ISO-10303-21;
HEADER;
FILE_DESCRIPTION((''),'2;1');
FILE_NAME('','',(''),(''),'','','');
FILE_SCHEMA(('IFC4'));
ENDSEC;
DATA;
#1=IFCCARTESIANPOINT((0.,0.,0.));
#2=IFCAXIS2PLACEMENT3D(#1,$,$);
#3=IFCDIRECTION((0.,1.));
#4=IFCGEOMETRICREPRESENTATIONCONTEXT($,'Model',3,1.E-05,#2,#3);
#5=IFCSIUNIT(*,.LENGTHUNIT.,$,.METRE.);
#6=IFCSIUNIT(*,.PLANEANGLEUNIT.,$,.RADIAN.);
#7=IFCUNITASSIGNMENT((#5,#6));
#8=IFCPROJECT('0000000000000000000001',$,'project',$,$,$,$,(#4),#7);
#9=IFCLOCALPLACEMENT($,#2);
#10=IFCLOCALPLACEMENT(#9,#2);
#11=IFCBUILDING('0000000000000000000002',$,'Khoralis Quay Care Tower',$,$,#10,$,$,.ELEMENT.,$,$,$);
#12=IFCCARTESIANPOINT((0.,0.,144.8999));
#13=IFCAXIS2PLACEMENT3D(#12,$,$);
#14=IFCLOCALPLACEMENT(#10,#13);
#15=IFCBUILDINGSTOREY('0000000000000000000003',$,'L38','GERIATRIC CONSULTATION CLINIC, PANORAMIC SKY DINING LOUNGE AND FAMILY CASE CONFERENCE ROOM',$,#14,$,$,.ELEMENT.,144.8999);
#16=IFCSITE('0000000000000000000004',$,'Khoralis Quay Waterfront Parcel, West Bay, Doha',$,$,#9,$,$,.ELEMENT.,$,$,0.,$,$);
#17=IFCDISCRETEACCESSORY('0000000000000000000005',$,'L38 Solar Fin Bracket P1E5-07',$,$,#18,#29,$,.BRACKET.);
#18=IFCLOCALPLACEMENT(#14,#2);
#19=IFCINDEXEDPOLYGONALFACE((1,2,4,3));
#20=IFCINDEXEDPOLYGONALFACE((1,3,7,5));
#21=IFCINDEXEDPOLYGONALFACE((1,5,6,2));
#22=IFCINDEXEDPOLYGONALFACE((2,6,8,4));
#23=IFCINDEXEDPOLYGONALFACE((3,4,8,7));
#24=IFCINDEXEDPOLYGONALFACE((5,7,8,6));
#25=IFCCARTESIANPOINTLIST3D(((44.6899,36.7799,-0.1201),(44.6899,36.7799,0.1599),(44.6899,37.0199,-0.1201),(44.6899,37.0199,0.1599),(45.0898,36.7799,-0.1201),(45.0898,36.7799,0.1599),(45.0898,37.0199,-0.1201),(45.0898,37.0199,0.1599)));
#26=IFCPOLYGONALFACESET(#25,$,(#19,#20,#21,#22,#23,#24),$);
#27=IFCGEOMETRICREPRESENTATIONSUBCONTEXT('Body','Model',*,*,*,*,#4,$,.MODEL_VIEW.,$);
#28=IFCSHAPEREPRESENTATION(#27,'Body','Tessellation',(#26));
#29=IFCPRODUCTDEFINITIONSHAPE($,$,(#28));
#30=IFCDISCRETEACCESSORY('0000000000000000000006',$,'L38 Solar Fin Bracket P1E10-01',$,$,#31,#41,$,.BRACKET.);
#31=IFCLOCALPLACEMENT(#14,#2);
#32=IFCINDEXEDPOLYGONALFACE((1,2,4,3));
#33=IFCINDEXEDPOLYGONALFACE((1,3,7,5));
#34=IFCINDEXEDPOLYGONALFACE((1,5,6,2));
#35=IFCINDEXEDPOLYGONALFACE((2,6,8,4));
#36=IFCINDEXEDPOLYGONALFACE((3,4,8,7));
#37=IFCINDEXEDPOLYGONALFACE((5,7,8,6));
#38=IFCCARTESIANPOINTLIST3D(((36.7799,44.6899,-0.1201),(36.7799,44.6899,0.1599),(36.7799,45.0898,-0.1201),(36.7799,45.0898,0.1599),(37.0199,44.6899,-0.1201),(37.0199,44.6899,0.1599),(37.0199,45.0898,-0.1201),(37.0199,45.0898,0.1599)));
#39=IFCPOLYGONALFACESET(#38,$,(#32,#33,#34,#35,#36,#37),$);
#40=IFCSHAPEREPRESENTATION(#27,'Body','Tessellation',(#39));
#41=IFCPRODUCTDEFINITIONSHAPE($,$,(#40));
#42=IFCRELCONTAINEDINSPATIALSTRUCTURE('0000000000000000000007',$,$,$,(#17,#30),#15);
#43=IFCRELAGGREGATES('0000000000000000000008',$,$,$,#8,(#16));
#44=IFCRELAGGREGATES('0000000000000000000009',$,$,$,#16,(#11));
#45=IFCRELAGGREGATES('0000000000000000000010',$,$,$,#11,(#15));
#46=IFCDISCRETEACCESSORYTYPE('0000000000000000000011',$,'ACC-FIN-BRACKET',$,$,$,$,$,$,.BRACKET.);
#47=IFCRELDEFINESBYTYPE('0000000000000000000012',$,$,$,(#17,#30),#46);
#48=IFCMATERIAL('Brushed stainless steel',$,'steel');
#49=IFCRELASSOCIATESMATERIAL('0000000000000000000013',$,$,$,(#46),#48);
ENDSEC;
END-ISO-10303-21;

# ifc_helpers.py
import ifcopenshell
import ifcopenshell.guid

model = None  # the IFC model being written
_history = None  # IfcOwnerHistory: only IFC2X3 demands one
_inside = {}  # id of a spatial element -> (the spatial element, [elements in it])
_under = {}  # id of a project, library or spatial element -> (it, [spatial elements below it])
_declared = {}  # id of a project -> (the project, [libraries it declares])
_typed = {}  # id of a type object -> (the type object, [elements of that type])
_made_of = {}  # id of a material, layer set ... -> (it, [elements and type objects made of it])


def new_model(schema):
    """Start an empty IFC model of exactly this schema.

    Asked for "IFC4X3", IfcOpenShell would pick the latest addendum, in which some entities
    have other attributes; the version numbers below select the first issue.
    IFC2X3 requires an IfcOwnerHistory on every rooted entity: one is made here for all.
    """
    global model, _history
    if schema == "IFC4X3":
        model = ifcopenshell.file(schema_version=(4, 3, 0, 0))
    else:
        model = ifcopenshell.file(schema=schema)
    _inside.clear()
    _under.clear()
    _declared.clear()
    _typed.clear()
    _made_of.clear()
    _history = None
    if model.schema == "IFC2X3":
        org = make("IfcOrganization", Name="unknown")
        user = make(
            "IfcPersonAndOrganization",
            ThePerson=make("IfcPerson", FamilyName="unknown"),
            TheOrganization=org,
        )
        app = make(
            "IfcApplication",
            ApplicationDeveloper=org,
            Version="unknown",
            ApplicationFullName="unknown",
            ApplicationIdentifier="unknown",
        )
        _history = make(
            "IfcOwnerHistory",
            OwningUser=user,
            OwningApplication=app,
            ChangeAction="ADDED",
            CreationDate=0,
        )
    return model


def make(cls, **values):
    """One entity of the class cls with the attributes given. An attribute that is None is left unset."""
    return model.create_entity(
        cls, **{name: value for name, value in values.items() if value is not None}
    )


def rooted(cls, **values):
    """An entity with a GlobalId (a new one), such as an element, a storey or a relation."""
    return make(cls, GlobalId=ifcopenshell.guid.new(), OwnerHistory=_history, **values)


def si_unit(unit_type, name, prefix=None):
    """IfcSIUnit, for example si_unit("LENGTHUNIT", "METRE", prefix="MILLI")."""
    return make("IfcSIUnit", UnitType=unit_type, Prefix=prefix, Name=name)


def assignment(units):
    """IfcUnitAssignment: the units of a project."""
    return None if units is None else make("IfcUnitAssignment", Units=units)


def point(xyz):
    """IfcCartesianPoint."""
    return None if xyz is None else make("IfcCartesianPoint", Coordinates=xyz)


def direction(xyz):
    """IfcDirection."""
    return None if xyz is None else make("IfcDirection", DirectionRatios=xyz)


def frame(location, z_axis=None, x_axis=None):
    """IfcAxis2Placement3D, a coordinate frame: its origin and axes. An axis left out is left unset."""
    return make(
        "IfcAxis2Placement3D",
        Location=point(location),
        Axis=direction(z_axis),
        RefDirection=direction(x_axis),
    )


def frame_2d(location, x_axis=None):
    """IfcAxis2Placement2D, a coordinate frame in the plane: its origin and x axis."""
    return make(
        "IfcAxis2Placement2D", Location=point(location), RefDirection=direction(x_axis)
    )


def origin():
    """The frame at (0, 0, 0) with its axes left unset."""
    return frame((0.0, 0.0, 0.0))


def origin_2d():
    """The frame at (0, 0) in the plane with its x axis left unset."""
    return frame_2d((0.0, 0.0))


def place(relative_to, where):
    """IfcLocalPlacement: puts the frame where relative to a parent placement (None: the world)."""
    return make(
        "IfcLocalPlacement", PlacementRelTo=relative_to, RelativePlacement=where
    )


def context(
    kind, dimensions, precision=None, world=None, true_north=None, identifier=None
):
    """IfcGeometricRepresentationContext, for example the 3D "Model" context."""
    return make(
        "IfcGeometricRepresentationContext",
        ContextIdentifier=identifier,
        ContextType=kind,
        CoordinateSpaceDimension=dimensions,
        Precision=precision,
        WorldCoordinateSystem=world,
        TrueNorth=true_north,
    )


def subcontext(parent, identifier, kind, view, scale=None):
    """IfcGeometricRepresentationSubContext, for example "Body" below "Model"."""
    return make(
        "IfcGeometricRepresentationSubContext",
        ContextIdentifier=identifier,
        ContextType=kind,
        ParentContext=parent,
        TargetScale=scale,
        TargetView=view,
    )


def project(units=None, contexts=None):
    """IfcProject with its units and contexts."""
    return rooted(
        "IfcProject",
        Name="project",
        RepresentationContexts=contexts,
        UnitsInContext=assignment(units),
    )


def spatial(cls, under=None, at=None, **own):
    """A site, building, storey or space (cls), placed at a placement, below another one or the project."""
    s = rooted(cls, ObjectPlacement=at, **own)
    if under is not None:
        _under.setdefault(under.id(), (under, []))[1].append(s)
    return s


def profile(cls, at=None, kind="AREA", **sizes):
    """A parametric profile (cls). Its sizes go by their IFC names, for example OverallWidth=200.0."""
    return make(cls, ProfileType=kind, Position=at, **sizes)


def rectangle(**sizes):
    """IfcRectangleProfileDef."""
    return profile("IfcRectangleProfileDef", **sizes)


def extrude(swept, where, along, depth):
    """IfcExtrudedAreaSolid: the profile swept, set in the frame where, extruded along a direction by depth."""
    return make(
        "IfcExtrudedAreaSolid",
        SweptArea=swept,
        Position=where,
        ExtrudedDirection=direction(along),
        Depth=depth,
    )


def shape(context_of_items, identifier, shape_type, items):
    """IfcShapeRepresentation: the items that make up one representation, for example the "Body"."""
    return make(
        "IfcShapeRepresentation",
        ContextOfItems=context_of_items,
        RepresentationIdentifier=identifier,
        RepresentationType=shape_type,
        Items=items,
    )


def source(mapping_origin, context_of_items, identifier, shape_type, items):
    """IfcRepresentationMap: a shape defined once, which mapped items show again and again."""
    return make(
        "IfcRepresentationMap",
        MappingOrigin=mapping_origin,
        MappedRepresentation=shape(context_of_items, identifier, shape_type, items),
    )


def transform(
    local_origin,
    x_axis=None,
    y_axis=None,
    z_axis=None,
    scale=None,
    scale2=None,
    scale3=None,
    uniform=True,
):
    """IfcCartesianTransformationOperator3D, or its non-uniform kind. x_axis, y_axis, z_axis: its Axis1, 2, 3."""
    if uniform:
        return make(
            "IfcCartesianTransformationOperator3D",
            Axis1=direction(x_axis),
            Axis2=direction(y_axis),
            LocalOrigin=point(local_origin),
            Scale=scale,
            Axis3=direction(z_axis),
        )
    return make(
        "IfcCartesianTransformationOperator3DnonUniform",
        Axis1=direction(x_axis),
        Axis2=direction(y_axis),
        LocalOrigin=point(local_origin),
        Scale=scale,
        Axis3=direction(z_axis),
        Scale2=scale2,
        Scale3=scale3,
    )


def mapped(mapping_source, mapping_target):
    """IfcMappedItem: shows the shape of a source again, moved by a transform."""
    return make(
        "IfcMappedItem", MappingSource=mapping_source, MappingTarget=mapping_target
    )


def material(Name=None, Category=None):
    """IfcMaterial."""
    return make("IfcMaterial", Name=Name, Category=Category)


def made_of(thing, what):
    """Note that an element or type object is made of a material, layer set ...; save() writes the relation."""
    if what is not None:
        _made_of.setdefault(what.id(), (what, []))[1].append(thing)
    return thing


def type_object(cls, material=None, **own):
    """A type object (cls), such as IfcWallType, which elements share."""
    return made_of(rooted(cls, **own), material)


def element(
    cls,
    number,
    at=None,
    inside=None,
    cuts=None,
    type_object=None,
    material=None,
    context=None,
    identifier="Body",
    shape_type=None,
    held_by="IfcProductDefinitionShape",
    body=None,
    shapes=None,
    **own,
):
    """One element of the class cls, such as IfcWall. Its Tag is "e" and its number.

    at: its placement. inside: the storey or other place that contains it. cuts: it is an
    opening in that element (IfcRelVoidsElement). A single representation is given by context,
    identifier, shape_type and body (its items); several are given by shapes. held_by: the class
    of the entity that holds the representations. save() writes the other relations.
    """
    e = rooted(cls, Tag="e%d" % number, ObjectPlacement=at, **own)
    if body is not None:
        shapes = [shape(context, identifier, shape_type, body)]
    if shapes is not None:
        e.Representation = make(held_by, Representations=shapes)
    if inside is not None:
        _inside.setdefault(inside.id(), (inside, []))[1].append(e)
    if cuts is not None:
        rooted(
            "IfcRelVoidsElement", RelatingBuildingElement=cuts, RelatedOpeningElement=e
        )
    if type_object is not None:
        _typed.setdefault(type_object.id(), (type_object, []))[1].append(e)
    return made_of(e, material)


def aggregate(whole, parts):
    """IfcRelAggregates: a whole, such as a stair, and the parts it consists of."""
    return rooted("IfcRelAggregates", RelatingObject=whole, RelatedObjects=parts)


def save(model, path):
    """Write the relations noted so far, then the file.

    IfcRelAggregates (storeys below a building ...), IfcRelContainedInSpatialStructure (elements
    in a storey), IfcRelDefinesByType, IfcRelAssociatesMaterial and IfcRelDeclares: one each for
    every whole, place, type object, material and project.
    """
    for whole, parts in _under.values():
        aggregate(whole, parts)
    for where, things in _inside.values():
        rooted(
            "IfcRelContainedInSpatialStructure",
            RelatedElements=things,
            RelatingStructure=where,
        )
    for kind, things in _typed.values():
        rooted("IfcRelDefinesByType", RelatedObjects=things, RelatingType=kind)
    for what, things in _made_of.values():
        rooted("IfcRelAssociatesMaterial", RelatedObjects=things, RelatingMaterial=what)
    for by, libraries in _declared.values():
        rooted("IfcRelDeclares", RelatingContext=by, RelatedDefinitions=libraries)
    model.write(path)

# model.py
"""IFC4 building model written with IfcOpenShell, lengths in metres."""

from ifc_helpers import new_model, si_unit, direction, frame, origin, origin_2d, place, context, subcontext, project, spatial, rectangle, extrude, source, transform, mapped, material, type_object, element, save


model = new_model("IFC4")

# Units and contexts
model_context = context("Model", 3, precision=1e-05, world=origin(), true_north=direction((0.0, 1.0)))
body_context = subcontext(model_context, "Body", "Model", "MODEL_VIEW")
ifc_project = project(units=[si_unit("LENGTHUNIT", "METRE"), si_unit("PLANEANGLEUNIT", "RADIAN")], contexts=[model_context])

# Site, building, storey
site_placement = place(None, origin())
site = spatial("IfcSite", under=ifc_project, at=site_placement, Name="Khoralis Quay Waterfront Parcel, West Bay, Doha", CompositionType="ELEMENT", RefElevation=0.0)
building_placement = place(site_placement, origin())
building = spatial("IfcBuilding", under=site, at=building_placement, Name="Khoralis Quay Care Tower", CompositionType="ELEMENT")
storey_placement = place(building_placement, frame((0.0, 0.0, 144.8999)))
storey = spatial("IfcBuildingStorey", under=building, at=storey_placement, Name="L38", Description="GERIATRIC CONSULTATION CLINIC, PANORAMIC SKY DINING LOUNGE AND FAMILY CASE CONFERENCE ROOM", CompositionType="ELEMENT", Elevation=144.8999)

# Discrete accessories
ifc_material_1 = material(Name="Brushed stainless steel", Category="steel")
discrete_accessory_type = type_object("IfcDiscreteAccessoryType", Name="ACC-FIN-BRACKET", PredefinedType="BRACKET", material=ifc_material_1)
shared_shape_1 = source(origin(), body_context, "Body", "SweptSolid", [
    extrude(rectangle(XDim=0.3999, YDim=0.24, at=origin_2d()), origin(), (0.0, 0.0, 1.0), 0.28),
])
for number, where, z_axis, x_axis, name in (
    (1, (44.8899, 36.8999, -0.1201), (0.0, 0.0, 1.0), (1.0, 0.0, 0.0), "L38 Solar Fin Bracket P1E5-07"),
    (2, (36.8999, 44.8899, -0.1201), (0.0, 0.0, 1.0), (0.0, 1.0, 0.0), "L38 Solar Fin Bracket P1E10-01"),
):
    element("IfcDiscreteAccessory", number, at=place(storey_placement, frame(where, z_axis=z_axis, x_axis=x_axis)), inside=storey, type_object=discrete_accessory_type, Name=name, PredefinedType="BRACKET", context=body_context, shape_type="MappedRepresentation", body=[
        mapped(shared_shape_1, transform((0.0, 0.0, 0.0), scale=1.0)),
    ])

save(model, "model.ifc")
